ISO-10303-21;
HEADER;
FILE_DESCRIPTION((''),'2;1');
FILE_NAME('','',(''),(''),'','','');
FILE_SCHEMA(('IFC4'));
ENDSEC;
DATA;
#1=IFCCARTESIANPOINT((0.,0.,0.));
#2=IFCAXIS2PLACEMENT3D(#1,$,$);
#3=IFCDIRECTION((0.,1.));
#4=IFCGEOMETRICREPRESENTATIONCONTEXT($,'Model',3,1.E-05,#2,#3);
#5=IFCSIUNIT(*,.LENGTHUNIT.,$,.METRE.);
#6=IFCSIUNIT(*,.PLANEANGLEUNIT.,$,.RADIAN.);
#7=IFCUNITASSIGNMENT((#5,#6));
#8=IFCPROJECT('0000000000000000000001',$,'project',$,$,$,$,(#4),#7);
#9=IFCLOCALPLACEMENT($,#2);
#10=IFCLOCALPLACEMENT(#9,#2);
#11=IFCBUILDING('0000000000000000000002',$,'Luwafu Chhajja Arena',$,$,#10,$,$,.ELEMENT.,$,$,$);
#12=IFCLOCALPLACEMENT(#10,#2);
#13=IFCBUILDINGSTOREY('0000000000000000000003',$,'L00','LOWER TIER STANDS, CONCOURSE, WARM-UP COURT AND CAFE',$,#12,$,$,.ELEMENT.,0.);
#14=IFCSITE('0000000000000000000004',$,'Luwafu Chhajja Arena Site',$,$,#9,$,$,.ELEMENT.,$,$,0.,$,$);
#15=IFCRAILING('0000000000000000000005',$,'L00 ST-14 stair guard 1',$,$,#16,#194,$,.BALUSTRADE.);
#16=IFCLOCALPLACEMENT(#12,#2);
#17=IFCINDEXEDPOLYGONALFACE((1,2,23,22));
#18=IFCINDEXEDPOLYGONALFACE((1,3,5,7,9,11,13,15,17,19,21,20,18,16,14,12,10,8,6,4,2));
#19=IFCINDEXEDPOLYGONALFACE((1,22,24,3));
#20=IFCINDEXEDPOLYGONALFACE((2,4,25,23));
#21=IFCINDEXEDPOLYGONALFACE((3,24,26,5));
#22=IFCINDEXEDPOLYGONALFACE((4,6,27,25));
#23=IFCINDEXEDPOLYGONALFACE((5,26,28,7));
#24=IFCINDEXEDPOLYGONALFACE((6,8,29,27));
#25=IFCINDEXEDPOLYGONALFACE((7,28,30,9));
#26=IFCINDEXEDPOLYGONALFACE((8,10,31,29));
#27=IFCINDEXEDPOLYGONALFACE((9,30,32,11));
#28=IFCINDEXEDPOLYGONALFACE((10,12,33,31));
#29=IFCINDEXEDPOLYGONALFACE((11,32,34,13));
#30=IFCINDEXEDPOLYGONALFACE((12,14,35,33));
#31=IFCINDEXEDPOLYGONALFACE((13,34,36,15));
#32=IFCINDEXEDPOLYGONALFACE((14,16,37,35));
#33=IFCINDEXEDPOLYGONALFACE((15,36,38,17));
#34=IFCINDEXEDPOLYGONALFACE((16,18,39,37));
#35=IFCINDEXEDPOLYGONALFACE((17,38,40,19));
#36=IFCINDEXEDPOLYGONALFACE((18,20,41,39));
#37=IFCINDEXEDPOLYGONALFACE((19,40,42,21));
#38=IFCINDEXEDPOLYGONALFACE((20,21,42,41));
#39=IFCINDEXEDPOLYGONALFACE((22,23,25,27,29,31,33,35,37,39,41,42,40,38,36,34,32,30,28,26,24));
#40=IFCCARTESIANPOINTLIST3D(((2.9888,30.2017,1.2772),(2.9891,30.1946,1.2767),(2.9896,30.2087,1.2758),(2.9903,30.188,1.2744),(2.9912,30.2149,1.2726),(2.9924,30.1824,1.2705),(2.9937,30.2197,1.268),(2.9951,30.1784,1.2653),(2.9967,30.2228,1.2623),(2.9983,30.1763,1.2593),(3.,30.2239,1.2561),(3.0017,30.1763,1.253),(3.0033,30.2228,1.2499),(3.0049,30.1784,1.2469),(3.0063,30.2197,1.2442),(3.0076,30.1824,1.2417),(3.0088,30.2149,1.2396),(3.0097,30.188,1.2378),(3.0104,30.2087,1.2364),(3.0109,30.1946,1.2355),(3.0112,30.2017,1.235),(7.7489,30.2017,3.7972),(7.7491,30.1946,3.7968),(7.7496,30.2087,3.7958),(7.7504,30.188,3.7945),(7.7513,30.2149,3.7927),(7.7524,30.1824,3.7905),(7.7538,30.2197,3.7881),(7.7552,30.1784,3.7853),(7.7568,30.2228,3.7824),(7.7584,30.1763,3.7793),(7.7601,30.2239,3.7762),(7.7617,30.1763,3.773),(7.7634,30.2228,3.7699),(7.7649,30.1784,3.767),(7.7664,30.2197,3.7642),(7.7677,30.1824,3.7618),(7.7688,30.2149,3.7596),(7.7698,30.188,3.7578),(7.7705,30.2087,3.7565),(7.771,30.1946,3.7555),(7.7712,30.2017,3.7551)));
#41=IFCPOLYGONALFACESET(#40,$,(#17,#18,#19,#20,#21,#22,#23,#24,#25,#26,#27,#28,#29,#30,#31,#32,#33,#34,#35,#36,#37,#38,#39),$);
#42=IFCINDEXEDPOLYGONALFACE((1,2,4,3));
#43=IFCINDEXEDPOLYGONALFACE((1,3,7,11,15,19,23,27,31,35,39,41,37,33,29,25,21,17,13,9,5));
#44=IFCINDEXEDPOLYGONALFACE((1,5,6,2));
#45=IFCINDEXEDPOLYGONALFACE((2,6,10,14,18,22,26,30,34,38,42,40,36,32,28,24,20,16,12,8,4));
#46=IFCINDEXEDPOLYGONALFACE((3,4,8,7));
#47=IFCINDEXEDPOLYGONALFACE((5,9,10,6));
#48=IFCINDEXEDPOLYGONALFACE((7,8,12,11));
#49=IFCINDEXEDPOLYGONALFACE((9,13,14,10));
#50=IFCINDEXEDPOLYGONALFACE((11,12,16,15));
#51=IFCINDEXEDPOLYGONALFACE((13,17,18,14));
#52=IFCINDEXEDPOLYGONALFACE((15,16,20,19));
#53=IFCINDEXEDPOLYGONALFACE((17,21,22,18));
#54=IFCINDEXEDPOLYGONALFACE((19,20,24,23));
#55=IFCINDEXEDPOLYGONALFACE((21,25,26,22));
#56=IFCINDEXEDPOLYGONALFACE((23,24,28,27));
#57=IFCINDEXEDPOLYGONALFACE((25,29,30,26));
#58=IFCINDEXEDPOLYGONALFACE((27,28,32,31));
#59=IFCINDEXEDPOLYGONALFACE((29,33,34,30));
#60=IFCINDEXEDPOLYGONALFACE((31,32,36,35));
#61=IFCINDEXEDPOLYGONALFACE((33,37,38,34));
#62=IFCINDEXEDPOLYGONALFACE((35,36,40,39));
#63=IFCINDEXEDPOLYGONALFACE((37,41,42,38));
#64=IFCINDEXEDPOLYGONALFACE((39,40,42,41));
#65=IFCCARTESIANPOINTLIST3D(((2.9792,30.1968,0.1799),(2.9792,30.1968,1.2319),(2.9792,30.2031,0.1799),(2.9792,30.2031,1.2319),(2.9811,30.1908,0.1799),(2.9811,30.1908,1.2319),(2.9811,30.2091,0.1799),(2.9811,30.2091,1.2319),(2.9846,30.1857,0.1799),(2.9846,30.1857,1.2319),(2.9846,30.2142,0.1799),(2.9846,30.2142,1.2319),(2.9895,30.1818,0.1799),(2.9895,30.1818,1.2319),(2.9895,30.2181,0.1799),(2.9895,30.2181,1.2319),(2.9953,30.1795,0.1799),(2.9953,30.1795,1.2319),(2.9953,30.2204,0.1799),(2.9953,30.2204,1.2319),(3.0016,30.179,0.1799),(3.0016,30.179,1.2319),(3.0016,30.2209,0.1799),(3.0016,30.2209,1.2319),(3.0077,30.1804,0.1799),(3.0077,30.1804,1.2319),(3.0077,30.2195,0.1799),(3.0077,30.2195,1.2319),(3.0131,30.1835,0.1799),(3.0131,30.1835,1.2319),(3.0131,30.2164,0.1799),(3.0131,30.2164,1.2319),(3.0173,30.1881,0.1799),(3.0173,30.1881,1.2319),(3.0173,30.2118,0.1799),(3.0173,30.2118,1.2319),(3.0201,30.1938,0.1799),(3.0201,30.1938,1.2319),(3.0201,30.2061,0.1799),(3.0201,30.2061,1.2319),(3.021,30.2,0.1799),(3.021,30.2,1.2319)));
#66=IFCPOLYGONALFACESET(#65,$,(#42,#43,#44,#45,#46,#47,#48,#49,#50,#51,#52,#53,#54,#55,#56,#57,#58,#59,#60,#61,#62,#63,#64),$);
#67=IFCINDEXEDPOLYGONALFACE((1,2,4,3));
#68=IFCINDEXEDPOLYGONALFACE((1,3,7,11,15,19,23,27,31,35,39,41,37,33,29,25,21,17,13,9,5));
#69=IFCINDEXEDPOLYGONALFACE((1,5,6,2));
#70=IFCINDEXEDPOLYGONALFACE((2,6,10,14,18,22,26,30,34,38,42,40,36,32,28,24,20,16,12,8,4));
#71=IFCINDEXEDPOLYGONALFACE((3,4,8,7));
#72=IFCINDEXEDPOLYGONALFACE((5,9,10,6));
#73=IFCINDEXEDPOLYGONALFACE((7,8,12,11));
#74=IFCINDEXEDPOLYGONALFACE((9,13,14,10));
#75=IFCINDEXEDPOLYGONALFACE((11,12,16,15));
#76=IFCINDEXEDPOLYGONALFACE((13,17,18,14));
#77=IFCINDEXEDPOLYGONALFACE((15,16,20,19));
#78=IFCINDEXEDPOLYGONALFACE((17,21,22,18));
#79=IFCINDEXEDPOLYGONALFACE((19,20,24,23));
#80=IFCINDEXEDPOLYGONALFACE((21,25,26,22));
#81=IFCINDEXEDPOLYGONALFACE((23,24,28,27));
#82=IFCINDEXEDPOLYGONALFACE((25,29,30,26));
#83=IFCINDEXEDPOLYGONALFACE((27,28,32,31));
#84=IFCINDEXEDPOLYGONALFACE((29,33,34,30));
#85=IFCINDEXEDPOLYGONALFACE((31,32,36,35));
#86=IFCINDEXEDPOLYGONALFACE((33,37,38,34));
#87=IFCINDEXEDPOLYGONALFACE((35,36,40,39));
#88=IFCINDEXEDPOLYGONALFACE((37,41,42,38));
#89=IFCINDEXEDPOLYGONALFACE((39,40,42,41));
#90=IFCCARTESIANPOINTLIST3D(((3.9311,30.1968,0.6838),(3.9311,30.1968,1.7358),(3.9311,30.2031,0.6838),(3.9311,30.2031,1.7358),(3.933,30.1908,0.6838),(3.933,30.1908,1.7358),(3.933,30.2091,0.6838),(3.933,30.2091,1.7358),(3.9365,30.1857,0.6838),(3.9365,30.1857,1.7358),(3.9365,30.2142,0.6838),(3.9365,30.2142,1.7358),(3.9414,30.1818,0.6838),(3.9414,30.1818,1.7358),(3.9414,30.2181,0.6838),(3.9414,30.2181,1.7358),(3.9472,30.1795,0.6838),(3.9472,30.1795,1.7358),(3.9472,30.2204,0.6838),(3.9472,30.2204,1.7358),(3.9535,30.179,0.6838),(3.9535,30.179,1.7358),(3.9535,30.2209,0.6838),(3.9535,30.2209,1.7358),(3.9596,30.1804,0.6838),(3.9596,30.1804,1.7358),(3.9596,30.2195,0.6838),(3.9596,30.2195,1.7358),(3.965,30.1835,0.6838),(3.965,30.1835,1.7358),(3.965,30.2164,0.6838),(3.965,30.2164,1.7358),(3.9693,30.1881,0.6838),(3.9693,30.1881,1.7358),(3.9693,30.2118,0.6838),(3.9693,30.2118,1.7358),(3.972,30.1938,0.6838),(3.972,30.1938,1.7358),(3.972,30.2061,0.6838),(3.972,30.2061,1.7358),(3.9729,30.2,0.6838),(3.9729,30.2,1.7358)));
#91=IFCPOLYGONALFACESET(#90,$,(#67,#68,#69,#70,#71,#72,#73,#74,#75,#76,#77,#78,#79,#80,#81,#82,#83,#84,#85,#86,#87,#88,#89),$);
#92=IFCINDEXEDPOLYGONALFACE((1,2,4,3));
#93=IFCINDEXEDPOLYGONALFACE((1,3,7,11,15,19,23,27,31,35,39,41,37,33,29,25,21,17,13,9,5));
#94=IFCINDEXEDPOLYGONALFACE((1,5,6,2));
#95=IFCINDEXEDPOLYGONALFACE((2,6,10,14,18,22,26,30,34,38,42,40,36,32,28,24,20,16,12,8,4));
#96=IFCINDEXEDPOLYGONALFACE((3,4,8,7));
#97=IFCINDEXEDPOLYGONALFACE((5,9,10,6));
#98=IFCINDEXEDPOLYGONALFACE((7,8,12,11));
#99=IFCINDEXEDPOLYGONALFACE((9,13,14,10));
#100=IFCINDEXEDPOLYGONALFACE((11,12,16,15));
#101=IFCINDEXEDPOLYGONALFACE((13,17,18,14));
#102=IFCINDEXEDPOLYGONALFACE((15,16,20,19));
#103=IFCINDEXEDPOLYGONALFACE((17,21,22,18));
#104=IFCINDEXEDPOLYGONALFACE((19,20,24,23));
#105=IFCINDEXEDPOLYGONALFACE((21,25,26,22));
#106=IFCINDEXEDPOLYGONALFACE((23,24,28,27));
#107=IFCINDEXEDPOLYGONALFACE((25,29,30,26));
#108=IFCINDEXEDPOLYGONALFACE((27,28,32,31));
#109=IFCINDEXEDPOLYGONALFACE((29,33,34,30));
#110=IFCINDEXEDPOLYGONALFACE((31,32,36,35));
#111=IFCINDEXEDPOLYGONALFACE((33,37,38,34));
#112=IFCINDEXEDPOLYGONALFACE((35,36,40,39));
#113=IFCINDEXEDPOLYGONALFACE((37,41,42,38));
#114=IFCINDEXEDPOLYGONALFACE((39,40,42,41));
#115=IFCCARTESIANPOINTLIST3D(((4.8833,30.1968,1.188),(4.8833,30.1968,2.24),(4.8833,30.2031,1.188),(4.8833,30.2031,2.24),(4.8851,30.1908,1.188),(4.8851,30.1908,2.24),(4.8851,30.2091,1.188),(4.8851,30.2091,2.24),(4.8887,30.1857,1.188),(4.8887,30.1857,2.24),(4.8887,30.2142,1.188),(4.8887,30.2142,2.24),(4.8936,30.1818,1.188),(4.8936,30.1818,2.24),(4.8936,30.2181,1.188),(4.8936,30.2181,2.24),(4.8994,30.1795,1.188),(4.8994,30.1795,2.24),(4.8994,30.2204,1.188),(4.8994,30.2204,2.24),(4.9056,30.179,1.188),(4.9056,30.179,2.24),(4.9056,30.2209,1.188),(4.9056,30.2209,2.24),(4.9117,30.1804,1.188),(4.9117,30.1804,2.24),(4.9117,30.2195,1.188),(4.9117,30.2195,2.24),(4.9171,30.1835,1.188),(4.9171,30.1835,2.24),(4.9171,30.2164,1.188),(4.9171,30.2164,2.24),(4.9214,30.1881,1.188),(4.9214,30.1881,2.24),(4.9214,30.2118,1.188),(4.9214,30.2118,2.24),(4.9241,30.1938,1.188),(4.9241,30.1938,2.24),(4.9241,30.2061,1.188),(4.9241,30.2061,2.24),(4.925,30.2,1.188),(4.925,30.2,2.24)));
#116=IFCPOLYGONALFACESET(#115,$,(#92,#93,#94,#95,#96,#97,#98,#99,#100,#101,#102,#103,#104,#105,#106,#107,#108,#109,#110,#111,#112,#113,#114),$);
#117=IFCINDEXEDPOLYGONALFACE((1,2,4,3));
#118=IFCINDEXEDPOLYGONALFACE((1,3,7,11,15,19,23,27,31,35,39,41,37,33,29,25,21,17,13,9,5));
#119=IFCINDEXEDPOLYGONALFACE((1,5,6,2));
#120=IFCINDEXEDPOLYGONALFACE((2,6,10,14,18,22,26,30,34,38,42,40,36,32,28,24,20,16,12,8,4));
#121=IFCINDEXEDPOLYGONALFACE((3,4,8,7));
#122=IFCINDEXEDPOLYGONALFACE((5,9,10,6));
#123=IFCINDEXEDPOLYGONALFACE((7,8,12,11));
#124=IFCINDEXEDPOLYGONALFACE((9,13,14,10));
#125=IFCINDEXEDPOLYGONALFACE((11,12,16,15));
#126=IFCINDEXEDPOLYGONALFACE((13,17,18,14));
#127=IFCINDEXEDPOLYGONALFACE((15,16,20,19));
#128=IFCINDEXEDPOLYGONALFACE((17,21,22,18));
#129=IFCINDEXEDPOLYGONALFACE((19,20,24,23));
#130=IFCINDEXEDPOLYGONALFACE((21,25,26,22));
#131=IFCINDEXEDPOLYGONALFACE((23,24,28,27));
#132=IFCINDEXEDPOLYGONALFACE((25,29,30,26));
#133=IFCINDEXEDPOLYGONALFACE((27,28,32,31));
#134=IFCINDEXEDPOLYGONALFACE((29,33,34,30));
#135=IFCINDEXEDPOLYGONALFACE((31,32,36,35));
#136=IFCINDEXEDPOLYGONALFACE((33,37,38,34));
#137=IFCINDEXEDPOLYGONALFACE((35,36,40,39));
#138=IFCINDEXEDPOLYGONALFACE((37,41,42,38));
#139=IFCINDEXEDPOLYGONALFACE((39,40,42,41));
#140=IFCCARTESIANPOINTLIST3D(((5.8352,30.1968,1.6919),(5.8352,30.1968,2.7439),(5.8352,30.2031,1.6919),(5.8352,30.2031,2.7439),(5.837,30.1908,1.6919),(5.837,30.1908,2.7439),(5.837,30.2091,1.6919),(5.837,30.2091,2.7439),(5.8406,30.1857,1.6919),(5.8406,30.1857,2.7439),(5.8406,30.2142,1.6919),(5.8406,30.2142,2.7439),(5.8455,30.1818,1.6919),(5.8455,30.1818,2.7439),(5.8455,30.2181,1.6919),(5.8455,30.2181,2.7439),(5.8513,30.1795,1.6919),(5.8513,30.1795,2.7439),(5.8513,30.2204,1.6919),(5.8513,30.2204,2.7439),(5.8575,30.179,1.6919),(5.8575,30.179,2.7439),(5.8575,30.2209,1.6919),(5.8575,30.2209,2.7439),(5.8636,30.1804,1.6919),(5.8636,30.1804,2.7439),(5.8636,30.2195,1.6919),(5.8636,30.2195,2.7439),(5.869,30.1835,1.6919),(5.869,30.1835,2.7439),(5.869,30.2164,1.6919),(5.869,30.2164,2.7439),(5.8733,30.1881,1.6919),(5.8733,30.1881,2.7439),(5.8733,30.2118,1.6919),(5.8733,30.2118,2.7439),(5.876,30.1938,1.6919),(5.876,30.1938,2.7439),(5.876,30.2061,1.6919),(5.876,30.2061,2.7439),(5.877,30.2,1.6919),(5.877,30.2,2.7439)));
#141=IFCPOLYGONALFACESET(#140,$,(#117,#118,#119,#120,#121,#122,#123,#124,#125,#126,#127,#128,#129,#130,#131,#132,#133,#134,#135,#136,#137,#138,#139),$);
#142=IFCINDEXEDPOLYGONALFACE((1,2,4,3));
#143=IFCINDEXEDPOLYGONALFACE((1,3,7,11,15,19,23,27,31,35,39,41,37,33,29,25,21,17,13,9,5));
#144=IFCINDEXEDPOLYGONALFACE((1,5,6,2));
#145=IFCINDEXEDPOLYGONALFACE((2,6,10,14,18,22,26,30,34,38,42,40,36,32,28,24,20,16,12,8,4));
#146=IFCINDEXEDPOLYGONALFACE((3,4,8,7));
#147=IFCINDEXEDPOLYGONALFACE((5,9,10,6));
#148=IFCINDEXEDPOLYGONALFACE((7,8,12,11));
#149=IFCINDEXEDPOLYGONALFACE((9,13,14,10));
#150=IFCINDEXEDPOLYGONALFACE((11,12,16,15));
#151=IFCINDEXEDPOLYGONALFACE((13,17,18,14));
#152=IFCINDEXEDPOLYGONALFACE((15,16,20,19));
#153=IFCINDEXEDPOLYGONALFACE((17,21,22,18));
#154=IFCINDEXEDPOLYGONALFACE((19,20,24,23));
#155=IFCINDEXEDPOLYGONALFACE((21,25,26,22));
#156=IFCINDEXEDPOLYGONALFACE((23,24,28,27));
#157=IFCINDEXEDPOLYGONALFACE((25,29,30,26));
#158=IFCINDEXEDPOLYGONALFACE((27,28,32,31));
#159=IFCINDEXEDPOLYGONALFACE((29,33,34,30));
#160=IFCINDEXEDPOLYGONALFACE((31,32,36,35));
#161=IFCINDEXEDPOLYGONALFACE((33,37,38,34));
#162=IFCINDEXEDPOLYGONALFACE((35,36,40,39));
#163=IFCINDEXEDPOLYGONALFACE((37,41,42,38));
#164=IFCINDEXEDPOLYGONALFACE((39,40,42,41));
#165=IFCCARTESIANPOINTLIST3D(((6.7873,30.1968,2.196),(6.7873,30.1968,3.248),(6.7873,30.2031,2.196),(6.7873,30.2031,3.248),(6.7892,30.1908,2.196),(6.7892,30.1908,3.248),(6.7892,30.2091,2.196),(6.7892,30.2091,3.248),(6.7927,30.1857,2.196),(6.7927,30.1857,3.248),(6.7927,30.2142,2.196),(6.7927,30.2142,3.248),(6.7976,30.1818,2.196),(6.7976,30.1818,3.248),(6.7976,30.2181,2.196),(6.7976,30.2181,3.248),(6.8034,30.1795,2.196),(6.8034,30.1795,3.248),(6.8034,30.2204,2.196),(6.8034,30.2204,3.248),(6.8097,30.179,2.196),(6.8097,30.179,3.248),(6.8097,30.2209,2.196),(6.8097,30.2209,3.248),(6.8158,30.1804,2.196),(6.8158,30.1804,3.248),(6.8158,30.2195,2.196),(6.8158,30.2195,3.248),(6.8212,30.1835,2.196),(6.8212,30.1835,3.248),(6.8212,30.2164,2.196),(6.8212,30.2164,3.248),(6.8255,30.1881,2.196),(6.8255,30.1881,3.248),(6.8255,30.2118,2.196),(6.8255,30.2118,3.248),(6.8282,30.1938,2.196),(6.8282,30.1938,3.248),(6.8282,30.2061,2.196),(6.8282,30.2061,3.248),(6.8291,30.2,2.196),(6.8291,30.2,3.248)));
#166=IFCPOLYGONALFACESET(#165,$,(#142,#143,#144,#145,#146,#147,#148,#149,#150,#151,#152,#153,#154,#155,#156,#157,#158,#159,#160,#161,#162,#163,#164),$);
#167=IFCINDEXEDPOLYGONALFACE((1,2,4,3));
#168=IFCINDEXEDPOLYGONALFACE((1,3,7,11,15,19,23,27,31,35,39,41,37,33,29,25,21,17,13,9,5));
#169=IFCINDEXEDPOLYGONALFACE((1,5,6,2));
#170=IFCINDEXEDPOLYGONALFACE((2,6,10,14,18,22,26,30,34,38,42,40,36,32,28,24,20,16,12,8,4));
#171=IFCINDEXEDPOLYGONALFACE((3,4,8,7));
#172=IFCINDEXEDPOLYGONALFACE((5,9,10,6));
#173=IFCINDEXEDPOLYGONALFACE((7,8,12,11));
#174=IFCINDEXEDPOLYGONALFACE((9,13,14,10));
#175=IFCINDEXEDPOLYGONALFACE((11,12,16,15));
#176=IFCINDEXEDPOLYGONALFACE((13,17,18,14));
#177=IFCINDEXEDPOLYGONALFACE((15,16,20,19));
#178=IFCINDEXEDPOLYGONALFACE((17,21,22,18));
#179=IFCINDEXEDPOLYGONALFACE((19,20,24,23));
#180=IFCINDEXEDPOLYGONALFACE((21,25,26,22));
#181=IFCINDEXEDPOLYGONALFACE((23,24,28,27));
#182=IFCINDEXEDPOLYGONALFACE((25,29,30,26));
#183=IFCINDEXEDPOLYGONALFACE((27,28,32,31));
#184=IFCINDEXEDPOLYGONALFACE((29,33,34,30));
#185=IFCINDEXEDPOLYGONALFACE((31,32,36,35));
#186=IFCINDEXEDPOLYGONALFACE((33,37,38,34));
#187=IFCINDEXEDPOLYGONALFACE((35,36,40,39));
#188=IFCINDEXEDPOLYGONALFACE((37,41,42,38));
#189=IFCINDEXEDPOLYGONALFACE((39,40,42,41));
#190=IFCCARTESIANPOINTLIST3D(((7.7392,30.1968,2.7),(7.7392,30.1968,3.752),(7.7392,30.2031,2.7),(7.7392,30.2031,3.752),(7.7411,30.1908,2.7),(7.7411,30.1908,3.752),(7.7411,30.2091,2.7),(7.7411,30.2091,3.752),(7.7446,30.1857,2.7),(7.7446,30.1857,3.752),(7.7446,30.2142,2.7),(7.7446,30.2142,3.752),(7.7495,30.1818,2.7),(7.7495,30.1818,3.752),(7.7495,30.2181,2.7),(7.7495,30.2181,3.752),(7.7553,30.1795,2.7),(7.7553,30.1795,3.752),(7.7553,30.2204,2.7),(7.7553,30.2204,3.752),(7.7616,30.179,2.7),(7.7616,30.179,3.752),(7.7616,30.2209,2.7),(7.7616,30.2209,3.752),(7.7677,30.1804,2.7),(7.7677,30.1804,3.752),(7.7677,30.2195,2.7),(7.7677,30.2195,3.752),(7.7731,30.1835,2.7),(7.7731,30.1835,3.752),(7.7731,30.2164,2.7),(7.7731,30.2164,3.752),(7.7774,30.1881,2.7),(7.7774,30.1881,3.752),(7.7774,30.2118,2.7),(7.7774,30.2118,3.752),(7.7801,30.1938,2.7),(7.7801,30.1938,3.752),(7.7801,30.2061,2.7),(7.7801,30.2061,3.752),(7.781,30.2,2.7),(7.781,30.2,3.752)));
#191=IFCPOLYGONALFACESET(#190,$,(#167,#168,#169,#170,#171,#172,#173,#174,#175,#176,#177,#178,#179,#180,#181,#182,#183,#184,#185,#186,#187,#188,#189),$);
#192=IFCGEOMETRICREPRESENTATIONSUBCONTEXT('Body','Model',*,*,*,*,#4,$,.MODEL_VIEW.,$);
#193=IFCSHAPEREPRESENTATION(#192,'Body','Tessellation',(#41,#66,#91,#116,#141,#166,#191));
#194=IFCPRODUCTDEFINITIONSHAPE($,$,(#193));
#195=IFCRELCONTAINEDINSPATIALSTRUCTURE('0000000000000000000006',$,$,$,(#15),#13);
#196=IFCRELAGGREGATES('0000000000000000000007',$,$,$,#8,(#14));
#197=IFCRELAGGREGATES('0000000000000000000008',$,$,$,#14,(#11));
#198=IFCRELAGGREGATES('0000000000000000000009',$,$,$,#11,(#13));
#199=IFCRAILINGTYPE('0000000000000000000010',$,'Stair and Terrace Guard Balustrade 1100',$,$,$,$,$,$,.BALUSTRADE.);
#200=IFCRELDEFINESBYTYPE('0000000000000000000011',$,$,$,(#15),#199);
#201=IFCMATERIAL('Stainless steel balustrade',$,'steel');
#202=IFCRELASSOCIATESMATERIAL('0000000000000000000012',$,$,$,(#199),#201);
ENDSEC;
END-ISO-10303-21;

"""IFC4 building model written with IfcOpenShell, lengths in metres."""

from ifc_helpers import new_model, si_unit, direction, frame, origin, origin_2d, place, context, subcontext, project, spatial, circle, extrude, material, type_object, element, save


model = new_model("IFC4")

# Units and contexts
model_context = context("Model", 3, precision=1e-05, world=origin(), true_north=direction((0.0, 1.0)))
body_context = subcontext(model_context, "Body", "Model", "MODEL_VIEW")
ifc_project = project(units=[si_unit("LENGTHUNIT", "METRE"), si_unit("PLANEANGLEUNIT", "RADIAN")], contexts=[model_context])

# Site, building, storey
site_placement = place(None, origin())
site = spatial("IfcSite", under=ifc_project, at=site_placement, Name="Luwafu Chhajja Arena Site", CompositionType="ELEMENT", RefElevation=0.0)
building_placement = place(site_placement, origin())
building = spatial("IfcBuilding", under=site, at=building_placement, Name="Luwafu Chhajja Arena", CompositionType="ELEMENT")
storey_placement = place(building_placement, origin())
storey = spatial("IfcBuildingStorey", under=building, at=storey_placement, Name="L00", Description="LOWER TIER STANDS, CONCOURSE, WARM-UP COURT AND CAFE", CompositionType="ELEMENT", Elevation=0.0)

# Railing
ifc_material_1 = material(Name="Stainless steel balustrade", Category="steel")
railing_type = type_object("IfcRailingType", Name="Stair and Terrace Guard Balustrade 1100", PredefinedType="BALUSTRADE", material=ifc_material_1)
railing_1_placement = place(storey_placement, frame((3.0, 30.2, 0.1799)))
element("IfcRailing", 1, at=railing_1_placement, inside=storey, type_object=railing_type, Name="L00 ST-14 stair guard 1", PredefinedType="BALUSTRADE", context=body_context, shape_type="SweptSolid", body=[
    extrude(circle(Radius=0.0239, at=origin_2d()), frame((0.0, 0.0, 1.0762), z_axis=(0.883787, 0.0, 0.46789), x_axis=(0.0, 1.0, 0.0)), (0.0, 0.0, 1.0), 5.386),
    extrude(circle(Radius=0.021, at=origin_2d()), origin(), (0.0, 0.0, 1.0), 1.052),
    extrude(circle(Radius=0.021, at=origin_2d()), frame((0.9519, 0.0, 0.5039)), (0.0, 0.0, 1.0), 1.052),
    extrude(circle(Radius=0.021, at=origin_2d()), frame((1.9041, 0.0, 1.0081)), (0.0, 0.0, 1.0), 1.052),
    extrude(circle(Radius=0.021, at=origin_2d()), frame((2.856, 0.0, 1.512)), (0.0, 0.0, 1.0), 1.052),
    extrude(circle(Radius=0.021, at=origin_2d()), frame((3.8081, 0.0, 2.0161)), (0.0, 0.0, 1.0), 1.052),
    extrude(circle(Radius=0.021, at=origin_2d()), frame((4.76, 0.0, 2.52)), (0.0, 0.0, 1.0), 1.052),
])

save(model, "model.ifc")
